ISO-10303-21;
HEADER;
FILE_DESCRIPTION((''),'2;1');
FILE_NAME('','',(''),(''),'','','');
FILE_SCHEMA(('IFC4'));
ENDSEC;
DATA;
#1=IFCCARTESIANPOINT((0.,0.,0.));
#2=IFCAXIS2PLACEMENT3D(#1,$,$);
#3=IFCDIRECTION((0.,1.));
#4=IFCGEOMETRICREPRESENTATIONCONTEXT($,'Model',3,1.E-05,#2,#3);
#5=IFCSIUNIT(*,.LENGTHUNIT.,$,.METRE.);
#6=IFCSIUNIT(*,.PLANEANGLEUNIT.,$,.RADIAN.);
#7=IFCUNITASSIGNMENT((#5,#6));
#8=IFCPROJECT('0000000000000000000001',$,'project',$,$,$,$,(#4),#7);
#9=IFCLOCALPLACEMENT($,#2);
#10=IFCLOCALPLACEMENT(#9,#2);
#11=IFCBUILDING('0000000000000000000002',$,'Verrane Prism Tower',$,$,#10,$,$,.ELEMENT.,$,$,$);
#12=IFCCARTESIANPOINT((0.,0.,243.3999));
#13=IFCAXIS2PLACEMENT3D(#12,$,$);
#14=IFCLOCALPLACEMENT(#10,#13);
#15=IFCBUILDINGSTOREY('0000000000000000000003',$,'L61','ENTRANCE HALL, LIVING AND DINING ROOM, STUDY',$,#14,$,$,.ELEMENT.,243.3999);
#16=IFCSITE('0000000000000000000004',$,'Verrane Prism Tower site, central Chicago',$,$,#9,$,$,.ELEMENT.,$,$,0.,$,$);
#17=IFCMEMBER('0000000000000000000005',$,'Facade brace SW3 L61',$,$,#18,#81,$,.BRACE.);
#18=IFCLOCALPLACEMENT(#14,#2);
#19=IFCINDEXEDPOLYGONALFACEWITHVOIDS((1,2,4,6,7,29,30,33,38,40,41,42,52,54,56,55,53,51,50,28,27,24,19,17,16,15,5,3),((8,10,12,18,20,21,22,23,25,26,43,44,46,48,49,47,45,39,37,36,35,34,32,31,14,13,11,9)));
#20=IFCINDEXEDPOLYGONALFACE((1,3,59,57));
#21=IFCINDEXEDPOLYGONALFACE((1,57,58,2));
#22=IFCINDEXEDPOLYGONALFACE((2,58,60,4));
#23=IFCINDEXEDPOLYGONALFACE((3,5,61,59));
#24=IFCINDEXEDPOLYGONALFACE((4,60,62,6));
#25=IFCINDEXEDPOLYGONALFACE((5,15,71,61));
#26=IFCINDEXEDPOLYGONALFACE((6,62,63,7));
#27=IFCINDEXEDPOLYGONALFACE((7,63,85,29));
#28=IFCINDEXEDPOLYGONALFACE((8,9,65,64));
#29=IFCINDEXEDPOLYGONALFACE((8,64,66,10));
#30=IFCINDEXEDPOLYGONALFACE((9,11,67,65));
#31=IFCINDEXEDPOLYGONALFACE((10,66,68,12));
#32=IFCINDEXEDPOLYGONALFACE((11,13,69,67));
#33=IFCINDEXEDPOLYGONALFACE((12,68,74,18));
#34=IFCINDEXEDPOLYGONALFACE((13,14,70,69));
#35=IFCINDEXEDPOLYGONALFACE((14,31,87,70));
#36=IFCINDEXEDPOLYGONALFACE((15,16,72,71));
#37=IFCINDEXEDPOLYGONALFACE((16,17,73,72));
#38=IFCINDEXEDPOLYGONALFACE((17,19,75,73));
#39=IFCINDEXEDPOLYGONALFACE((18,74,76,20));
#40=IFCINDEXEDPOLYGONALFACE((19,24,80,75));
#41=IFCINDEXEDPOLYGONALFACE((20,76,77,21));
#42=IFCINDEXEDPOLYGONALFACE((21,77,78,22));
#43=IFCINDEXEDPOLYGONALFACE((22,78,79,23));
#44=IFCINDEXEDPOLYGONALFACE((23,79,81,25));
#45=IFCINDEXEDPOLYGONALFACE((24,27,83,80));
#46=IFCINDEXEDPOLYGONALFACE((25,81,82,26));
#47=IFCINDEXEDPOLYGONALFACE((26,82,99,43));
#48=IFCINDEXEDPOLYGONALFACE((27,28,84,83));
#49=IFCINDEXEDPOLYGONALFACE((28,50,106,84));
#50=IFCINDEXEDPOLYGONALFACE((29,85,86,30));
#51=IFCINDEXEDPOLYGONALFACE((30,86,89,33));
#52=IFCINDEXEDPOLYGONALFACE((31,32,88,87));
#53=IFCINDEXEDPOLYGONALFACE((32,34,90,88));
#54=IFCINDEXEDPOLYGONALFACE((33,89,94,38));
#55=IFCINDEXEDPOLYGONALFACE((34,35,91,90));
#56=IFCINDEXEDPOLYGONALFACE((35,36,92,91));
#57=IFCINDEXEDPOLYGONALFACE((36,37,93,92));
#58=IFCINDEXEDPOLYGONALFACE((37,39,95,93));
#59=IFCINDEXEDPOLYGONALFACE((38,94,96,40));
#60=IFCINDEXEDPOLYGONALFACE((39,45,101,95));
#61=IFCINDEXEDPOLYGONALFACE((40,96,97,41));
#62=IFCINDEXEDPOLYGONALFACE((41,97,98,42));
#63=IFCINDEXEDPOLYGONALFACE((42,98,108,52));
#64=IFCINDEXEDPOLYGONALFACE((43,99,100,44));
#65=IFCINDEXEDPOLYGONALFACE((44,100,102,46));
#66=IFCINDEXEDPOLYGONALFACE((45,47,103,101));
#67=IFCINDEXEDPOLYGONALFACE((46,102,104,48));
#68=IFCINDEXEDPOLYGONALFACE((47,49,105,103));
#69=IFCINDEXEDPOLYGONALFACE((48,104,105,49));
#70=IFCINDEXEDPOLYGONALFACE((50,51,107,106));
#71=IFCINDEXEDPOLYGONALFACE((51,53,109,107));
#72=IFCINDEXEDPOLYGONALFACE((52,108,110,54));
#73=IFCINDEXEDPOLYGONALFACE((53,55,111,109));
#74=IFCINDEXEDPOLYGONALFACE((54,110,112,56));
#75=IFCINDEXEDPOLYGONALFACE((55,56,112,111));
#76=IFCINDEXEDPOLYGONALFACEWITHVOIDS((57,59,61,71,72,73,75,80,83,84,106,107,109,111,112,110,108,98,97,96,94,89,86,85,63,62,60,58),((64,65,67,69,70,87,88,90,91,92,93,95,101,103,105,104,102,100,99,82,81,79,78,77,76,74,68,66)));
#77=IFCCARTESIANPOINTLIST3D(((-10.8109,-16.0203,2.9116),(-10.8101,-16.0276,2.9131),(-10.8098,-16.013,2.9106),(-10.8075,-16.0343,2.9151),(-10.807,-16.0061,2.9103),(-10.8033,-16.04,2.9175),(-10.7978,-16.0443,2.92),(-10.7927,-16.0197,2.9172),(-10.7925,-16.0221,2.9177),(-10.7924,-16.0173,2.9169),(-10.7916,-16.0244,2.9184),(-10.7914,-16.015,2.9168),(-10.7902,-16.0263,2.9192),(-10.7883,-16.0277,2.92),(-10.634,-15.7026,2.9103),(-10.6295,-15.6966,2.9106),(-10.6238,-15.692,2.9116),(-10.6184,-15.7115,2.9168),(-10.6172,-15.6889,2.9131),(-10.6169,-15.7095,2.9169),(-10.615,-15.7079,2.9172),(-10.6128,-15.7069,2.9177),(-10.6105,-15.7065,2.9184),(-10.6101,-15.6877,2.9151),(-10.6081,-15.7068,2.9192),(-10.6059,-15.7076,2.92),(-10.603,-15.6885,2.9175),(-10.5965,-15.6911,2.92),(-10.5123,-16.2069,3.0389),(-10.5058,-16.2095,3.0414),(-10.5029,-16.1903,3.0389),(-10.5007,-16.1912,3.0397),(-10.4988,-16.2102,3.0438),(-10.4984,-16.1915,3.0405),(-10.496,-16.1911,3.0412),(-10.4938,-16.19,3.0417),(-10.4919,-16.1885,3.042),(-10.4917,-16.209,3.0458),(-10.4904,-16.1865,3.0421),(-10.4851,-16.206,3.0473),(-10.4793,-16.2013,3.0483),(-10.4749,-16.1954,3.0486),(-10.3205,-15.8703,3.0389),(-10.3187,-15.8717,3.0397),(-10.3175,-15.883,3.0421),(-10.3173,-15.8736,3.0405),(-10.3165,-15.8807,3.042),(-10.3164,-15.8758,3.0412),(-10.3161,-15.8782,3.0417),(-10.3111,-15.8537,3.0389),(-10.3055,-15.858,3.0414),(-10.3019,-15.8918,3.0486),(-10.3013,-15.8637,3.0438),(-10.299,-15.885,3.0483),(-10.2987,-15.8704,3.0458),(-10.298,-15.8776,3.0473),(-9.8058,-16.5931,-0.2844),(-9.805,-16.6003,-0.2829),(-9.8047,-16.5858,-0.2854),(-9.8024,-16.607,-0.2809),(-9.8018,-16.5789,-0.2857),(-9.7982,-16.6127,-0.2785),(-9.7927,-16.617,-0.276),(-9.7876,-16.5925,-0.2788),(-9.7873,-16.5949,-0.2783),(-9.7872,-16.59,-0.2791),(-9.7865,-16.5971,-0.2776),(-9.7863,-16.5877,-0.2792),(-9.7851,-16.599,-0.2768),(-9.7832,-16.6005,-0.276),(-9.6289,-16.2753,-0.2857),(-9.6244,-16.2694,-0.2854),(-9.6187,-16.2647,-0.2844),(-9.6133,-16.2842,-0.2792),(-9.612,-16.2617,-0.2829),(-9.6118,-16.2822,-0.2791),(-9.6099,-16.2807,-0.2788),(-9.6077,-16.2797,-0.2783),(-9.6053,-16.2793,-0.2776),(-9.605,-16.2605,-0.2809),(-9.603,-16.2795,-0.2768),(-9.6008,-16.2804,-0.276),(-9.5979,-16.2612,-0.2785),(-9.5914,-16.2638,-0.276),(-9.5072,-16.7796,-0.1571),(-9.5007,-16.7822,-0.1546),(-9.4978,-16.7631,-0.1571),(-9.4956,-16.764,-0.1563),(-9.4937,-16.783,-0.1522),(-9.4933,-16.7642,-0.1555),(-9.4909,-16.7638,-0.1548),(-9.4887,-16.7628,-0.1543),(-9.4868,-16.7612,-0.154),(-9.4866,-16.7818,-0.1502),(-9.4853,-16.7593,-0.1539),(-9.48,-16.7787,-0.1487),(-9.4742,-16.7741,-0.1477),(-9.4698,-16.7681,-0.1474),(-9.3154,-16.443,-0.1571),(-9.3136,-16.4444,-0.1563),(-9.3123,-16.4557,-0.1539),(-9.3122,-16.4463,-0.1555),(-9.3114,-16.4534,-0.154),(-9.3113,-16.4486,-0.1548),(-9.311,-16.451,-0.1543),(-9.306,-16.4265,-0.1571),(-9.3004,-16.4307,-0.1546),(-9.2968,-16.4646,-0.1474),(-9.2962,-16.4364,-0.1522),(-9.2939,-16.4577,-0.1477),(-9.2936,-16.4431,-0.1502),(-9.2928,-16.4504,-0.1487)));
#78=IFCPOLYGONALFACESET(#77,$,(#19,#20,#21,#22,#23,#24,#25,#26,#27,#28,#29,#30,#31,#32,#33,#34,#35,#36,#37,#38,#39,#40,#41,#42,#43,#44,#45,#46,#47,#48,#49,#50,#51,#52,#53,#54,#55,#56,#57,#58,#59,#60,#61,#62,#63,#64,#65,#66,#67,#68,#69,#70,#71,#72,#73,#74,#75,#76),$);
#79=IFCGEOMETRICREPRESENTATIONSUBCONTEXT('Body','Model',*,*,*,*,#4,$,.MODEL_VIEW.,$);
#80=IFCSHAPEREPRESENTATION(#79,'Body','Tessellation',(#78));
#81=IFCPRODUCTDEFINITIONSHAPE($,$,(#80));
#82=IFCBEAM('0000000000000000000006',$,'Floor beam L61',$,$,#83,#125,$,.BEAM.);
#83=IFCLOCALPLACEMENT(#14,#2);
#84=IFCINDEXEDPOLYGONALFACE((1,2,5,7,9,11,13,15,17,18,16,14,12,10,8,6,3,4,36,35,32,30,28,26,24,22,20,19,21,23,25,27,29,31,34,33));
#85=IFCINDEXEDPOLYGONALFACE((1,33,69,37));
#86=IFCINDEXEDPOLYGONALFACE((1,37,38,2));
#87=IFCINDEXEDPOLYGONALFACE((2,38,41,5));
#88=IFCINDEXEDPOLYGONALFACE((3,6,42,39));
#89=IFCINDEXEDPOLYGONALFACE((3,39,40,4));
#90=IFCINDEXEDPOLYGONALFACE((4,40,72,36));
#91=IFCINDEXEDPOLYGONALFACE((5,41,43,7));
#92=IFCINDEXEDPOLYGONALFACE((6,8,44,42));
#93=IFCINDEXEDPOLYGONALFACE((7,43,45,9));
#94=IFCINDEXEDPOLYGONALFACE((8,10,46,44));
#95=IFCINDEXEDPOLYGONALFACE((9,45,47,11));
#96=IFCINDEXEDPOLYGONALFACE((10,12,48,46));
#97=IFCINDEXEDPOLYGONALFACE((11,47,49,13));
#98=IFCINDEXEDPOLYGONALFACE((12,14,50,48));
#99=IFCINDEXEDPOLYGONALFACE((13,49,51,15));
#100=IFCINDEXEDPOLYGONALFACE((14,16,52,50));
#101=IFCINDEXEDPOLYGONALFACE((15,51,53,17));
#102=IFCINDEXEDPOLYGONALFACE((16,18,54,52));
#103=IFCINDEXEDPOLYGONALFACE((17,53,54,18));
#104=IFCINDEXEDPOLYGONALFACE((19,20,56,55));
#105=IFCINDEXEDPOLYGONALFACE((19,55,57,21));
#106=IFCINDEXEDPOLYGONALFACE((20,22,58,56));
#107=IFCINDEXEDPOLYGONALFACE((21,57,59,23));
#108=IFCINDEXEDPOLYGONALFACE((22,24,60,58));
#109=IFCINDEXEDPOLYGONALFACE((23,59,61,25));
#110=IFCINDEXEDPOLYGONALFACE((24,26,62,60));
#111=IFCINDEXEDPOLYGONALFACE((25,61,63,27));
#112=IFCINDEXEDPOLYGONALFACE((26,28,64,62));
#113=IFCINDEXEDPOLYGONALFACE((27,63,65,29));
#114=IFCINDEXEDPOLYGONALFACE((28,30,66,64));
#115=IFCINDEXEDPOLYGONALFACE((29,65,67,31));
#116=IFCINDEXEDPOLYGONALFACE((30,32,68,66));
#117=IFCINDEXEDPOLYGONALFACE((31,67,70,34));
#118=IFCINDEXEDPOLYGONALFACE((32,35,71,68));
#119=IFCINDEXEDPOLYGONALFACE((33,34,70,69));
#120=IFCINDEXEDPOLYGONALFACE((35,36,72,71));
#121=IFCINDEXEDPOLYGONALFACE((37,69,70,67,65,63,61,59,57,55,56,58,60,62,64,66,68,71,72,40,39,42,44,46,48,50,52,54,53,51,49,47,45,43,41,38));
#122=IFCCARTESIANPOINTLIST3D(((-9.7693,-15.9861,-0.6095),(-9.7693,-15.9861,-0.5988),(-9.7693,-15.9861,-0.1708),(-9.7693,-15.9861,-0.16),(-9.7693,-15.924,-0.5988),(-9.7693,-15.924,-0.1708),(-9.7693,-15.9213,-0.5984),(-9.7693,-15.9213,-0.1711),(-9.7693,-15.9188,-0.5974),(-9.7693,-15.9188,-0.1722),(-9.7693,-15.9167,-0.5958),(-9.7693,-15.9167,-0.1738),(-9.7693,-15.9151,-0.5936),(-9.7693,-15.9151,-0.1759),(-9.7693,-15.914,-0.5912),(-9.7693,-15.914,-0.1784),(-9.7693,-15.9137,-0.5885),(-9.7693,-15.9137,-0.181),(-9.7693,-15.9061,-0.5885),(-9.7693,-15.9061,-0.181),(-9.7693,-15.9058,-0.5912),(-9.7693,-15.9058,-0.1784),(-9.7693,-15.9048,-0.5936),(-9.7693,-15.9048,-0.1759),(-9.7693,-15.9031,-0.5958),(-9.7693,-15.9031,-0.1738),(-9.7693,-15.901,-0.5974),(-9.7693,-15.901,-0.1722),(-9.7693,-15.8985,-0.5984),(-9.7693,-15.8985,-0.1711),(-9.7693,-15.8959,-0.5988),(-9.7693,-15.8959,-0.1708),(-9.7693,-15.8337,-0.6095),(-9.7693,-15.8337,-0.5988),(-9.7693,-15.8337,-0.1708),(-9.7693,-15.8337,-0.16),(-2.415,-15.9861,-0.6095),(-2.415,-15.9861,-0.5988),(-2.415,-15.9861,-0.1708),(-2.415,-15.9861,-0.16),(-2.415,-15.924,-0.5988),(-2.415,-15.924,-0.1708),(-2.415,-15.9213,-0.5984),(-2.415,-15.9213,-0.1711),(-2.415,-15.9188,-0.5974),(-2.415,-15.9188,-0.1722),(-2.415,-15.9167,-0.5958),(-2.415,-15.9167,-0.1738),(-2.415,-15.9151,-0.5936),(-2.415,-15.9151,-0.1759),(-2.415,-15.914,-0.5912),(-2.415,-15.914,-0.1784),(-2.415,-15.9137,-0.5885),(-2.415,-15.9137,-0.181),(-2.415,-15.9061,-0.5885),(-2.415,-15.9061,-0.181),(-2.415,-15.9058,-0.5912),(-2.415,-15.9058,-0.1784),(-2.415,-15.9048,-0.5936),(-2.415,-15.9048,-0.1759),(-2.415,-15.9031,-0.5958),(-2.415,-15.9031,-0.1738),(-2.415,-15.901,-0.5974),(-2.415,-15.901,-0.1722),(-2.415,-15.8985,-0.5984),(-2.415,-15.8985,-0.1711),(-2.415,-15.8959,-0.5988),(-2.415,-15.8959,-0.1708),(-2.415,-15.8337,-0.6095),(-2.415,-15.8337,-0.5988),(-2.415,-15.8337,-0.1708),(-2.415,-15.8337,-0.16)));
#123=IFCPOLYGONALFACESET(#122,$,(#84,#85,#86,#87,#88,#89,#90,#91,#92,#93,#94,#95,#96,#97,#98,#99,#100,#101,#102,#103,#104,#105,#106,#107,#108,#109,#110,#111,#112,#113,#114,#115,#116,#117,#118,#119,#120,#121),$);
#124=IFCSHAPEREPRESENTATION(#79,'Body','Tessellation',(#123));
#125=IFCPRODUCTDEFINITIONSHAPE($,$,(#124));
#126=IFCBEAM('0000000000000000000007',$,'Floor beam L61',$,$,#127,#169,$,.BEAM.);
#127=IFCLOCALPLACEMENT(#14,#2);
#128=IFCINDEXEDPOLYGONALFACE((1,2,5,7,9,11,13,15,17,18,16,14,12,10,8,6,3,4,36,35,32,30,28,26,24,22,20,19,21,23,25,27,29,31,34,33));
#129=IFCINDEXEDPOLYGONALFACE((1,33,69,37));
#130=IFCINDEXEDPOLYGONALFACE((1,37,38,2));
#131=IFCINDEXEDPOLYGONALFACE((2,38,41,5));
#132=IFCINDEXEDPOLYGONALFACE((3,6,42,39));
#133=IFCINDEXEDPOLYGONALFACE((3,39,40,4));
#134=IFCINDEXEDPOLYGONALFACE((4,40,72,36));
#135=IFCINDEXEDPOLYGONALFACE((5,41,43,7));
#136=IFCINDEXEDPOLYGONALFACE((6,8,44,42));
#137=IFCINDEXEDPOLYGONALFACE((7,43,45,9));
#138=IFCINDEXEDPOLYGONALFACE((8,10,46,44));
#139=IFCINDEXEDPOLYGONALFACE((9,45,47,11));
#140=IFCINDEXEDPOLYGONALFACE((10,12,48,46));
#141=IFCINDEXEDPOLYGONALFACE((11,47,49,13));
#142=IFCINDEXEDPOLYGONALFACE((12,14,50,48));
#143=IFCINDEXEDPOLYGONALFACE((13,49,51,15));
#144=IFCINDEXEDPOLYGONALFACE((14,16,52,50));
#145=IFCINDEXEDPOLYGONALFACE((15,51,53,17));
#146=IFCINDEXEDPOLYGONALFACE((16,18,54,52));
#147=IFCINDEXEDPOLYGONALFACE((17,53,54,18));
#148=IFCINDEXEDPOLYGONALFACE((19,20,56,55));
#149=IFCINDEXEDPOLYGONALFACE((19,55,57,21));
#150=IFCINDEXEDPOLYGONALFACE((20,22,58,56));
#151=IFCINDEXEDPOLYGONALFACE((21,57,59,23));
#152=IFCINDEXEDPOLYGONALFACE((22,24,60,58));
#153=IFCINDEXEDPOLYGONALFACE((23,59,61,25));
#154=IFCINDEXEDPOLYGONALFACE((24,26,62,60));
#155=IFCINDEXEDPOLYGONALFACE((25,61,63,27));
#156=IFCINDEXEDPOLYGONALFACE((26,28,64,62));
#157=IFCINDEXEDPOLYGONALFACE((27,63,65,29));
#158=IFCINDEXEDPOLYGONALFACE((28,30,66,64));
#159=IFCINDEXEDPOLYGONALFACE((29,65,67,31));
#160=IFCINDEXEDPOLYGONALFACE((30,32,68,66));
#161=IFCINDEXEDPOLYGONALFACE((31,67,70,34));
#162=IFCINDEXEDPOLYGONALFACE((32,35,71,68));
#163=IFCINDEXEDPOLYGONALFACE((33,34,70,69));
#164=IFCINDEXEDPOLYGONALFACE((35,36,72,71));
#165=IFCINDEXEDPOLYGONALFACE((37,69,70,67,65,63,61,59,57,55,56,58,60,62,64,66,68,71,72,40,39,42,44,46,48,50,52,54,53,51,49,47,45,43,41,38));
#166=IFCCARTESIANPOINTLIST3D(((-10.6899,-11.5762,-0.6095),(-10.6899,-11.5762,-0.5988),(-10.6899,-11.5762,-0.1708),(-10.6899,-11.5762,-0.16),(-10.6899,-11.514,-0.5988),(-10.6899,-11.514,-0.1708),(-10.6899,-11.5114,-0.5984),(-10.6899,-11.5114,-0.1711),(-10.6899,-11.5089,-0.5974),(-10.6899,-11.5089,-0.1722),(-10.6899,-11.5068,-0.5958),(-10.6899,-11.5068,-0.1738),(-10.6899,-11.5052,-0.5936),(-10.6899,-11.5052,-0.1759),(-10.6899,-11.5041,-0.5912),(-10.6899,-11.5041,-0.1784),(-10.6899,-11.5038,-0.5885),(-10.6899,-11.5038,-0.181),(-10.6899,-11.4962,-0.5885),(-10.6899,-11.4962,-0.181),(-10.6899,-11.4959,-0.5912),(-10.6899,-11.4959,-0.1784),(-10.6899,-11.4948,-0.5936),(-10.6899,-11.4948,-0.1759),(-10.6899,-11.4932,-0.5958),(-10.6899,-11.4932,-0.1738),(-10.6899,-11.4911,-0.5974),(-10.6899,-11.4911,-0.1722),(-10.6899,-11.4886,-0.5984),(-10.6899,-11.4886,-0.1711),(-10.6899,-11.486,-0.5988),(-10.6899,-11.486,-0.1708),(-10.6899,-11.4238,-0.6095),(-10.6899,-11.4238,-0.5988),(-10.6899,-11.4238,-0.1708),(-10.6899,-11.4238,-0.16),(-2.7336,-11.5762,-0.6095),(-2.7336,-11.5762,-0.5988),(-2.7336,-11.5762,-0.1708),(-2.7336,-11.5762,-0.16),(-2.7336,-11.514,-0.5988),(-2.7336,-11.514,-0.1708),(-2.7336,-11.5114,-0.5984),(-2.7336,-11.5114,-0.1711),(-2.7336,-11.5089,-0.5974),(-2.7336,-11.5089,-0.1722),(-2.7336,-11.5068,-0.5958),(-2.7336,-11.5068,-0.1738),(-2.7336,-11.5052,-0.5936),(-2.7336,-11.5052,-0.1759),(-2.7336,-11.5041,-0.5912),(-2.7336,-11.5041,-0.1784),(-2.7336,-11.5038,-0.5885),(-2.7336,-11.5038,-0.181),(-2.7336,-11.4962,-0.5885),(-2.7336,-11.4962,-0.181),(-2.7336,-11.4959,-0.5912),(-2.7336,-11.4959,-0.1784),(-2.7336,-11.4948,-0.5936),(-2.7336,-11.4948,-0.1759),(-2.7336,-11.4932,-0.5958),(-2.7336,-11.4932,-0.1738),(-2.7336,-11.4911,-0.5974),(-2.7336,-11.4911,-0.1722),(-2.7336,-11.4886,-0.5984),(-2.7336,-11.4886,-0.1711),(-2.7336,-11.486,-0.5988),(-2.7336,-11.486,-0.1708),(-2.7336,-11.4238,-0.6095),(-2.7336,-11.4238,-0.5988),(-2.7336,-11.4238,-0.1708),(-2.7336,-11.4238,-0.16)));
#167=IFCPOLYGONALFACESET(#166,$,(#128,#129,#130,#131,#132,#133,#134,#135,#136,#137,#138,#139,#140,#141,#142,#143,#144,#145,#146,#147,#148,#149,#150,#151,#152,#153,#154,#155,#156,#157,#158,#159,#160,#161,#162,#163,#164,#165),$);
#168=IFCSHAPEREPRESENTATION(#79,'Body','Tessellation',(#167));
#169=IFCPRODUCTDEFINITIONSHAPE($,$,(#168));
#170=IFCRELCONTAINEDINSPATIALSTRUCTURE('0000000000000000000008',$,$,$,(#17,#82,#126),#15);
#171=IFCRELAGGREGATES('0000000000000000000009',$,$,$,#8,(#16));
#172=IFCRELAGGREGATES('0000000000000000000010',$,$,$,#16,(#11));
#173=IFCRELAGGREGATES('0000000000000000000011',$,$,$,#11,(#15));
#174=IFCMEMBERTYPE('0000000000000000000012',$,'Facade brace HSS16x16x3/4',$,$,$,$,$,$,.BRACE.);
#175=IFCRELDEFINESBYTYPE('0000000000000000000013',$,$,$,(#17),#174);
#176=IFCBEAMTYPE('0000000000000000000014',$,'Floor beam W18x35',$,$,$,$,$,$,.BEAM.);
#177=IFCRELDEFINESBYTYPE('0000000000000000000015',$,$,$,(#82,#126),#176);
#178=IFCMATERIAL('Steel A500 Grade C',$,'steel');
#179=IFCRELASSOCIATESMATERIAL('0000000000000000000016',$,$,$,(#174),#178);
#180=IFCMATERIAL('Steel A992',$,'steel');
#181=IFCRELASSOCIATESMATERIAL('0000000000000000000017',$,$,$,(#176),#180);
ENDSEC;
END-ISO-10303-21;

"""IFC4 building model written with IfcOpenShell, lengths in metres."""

from ifc_helpers import new_model, si_unit, direction, frame, origin, origin_2d, place, context, subcontext, project, spatial, hollow_rectangle, i_section, extrude, material, material_profile, profile_set, type_object, element, save


model = new_model("IFC4")

# Units and contexts
model_context = context("Model", 3, precision=1e-05, world=origin(), true_north=direction((0.0, 1.0)))
body_context = subcontext(model_context, "Body", "Model", "MODEL_VIEW")
ifc_project = project(units=[si_unit("LENGTHUNIT", "METRE"), si_unit("PLANEANGLEUNIT", "RADIAN")], contexts=[model_context])

# Site, building, storey
site_placement = place(None, origin())
site = spatial("IfcSite", under=ifc_project, at=site_placement, Name="Verrane Prism Tower site, central Chicago", CompositionType="ELEMENT", RefElevation=0.0)
building_placement = place(site_placement, origin())
building = spatial("IfcBuilding", under=site, at=building_placement, Name="Verrane Prism Tower", CompositionType="ELEMENT")
storey_placement = place(building_placement, frame((0.0, 0.0, 243.3999)))
storey = spatial("IfcBuildingStorey", under=building, at=storey_placement, Name="L61", Description="ENTRANCE HALL, LIVING AND DINING ROOM, STUDY", CompositionType="ELEMENT", Elevation=243.3999)

# Member
ifc_material_1 = material(Name="Steel A500 Grade C", Category="steel")
ifc_material_profile_1 = material_profile(ifc_material_1, hollow_rectangle(XDim=0.4065, YDim=0.4065, WallThickness=0.019, InnerFilletRadius=0.0095, OuterFilletRadius=0.0286, at=origin_2d()), Name="HSS16x16x3/4")
ifc_profile_set_1 = profile_set([ifc_material_profile_1], Name="Steel A500 Grade C")
member_type_1 = type_object("IfcMemberType", Name="Facade brace HSS16x16x3/4", PredefinedType="BRACE", material=ifc_profile_set_1)
member_1_placement = place(storey_placement, frame((-9.5493, -16.5217, -0.2166), z_axis=(-0.295715, 0.168508, 0.940297), x_axis=(-0.495093, -0.86884, 0.0)))
element("IfcMember", 1, at=member_1_placement, inside=storey, type_object=member_type_1, Name="Facade brace SW3 L61", PredefinedType="BRACE", context=body_context, shape_type="SweptSolid", body=[
    extrude(hollow_rectangle(XDim=0.4065, YDim=0.4065, WallThickness=0.019, InnerFilletRadius=0.0095, OuterFilletRadius=0.0286, at=origin_2d()), origin(), (0.0, 0.0, 1.0), 3.3989),
])

# Beams
ifc_material_2 = material(Name="Steel A992", Category="steel")
ifc_material_profile_2 = material_profile(ifc_material_2, i_section(OverallWidth=0.1523, OverallDepth=0.4495, WebThickness=0.0076, FlangeThickness=0.0107, FilletRadius=0.0103, at=origin_2d()), Name="W18x35")
ifc_profile_set_2 = profile_set([ifc_material_profile_2], Name="Steel A992")
beam_type_1 = type_object("IfcBeamType", Name="Floor beam W18x35", PredefinedType="BEAM", material=ifc_profile_set_2)
beam_1_placement = place(storey_placement, frame((-9.7693, -15.9099, -0.3848), z_axis=(1.0, 0.0, 0.0), x_axis=(0.0, 1.0, 0.0)))
element("IfcBeam", 2, at=beam_1_placement, inside=storey, type_object=beam_type_1, Name="Floor beam L61", PredefinedType="BEAM", context=body_context, shape_type="SweptSolid", body=[
    extrude(i_section(OverallWidth=0.1523, OverallDepth=0.4495, WebThickness=0.0076, FlangeThickness=0.0107, FilletRadius=0.0103, at=origin_2d()), origin(), (0.0, 0.0, 1.0), 7.3542),
])
beam_2_placement = place(storey_placement, frame((-10.6899, -11.5, -0.3848), z_axis=(1.0, 0.0, 0.0), x_axis=(0.0, 1.0, 0.0)))
element("IfcBeam", 3, at=beam_2_placement, inside=storey, type_object=beam_type_1, Name="Floor beam L61", PredefinedType="BEAM", context=body_context, shape_type="SweptSolid", body=[
    extrude(i_section(OverallWidth=0.1523, OverallDepth=0.4495, WebThickness=0.0076, FlangeThickness=0.0107, FilletRadius=0.0103, at=origin_2d()), origin(), (0.0, 0.0, 1.0), 7.9563),
])

save(model, "model.ifc")
